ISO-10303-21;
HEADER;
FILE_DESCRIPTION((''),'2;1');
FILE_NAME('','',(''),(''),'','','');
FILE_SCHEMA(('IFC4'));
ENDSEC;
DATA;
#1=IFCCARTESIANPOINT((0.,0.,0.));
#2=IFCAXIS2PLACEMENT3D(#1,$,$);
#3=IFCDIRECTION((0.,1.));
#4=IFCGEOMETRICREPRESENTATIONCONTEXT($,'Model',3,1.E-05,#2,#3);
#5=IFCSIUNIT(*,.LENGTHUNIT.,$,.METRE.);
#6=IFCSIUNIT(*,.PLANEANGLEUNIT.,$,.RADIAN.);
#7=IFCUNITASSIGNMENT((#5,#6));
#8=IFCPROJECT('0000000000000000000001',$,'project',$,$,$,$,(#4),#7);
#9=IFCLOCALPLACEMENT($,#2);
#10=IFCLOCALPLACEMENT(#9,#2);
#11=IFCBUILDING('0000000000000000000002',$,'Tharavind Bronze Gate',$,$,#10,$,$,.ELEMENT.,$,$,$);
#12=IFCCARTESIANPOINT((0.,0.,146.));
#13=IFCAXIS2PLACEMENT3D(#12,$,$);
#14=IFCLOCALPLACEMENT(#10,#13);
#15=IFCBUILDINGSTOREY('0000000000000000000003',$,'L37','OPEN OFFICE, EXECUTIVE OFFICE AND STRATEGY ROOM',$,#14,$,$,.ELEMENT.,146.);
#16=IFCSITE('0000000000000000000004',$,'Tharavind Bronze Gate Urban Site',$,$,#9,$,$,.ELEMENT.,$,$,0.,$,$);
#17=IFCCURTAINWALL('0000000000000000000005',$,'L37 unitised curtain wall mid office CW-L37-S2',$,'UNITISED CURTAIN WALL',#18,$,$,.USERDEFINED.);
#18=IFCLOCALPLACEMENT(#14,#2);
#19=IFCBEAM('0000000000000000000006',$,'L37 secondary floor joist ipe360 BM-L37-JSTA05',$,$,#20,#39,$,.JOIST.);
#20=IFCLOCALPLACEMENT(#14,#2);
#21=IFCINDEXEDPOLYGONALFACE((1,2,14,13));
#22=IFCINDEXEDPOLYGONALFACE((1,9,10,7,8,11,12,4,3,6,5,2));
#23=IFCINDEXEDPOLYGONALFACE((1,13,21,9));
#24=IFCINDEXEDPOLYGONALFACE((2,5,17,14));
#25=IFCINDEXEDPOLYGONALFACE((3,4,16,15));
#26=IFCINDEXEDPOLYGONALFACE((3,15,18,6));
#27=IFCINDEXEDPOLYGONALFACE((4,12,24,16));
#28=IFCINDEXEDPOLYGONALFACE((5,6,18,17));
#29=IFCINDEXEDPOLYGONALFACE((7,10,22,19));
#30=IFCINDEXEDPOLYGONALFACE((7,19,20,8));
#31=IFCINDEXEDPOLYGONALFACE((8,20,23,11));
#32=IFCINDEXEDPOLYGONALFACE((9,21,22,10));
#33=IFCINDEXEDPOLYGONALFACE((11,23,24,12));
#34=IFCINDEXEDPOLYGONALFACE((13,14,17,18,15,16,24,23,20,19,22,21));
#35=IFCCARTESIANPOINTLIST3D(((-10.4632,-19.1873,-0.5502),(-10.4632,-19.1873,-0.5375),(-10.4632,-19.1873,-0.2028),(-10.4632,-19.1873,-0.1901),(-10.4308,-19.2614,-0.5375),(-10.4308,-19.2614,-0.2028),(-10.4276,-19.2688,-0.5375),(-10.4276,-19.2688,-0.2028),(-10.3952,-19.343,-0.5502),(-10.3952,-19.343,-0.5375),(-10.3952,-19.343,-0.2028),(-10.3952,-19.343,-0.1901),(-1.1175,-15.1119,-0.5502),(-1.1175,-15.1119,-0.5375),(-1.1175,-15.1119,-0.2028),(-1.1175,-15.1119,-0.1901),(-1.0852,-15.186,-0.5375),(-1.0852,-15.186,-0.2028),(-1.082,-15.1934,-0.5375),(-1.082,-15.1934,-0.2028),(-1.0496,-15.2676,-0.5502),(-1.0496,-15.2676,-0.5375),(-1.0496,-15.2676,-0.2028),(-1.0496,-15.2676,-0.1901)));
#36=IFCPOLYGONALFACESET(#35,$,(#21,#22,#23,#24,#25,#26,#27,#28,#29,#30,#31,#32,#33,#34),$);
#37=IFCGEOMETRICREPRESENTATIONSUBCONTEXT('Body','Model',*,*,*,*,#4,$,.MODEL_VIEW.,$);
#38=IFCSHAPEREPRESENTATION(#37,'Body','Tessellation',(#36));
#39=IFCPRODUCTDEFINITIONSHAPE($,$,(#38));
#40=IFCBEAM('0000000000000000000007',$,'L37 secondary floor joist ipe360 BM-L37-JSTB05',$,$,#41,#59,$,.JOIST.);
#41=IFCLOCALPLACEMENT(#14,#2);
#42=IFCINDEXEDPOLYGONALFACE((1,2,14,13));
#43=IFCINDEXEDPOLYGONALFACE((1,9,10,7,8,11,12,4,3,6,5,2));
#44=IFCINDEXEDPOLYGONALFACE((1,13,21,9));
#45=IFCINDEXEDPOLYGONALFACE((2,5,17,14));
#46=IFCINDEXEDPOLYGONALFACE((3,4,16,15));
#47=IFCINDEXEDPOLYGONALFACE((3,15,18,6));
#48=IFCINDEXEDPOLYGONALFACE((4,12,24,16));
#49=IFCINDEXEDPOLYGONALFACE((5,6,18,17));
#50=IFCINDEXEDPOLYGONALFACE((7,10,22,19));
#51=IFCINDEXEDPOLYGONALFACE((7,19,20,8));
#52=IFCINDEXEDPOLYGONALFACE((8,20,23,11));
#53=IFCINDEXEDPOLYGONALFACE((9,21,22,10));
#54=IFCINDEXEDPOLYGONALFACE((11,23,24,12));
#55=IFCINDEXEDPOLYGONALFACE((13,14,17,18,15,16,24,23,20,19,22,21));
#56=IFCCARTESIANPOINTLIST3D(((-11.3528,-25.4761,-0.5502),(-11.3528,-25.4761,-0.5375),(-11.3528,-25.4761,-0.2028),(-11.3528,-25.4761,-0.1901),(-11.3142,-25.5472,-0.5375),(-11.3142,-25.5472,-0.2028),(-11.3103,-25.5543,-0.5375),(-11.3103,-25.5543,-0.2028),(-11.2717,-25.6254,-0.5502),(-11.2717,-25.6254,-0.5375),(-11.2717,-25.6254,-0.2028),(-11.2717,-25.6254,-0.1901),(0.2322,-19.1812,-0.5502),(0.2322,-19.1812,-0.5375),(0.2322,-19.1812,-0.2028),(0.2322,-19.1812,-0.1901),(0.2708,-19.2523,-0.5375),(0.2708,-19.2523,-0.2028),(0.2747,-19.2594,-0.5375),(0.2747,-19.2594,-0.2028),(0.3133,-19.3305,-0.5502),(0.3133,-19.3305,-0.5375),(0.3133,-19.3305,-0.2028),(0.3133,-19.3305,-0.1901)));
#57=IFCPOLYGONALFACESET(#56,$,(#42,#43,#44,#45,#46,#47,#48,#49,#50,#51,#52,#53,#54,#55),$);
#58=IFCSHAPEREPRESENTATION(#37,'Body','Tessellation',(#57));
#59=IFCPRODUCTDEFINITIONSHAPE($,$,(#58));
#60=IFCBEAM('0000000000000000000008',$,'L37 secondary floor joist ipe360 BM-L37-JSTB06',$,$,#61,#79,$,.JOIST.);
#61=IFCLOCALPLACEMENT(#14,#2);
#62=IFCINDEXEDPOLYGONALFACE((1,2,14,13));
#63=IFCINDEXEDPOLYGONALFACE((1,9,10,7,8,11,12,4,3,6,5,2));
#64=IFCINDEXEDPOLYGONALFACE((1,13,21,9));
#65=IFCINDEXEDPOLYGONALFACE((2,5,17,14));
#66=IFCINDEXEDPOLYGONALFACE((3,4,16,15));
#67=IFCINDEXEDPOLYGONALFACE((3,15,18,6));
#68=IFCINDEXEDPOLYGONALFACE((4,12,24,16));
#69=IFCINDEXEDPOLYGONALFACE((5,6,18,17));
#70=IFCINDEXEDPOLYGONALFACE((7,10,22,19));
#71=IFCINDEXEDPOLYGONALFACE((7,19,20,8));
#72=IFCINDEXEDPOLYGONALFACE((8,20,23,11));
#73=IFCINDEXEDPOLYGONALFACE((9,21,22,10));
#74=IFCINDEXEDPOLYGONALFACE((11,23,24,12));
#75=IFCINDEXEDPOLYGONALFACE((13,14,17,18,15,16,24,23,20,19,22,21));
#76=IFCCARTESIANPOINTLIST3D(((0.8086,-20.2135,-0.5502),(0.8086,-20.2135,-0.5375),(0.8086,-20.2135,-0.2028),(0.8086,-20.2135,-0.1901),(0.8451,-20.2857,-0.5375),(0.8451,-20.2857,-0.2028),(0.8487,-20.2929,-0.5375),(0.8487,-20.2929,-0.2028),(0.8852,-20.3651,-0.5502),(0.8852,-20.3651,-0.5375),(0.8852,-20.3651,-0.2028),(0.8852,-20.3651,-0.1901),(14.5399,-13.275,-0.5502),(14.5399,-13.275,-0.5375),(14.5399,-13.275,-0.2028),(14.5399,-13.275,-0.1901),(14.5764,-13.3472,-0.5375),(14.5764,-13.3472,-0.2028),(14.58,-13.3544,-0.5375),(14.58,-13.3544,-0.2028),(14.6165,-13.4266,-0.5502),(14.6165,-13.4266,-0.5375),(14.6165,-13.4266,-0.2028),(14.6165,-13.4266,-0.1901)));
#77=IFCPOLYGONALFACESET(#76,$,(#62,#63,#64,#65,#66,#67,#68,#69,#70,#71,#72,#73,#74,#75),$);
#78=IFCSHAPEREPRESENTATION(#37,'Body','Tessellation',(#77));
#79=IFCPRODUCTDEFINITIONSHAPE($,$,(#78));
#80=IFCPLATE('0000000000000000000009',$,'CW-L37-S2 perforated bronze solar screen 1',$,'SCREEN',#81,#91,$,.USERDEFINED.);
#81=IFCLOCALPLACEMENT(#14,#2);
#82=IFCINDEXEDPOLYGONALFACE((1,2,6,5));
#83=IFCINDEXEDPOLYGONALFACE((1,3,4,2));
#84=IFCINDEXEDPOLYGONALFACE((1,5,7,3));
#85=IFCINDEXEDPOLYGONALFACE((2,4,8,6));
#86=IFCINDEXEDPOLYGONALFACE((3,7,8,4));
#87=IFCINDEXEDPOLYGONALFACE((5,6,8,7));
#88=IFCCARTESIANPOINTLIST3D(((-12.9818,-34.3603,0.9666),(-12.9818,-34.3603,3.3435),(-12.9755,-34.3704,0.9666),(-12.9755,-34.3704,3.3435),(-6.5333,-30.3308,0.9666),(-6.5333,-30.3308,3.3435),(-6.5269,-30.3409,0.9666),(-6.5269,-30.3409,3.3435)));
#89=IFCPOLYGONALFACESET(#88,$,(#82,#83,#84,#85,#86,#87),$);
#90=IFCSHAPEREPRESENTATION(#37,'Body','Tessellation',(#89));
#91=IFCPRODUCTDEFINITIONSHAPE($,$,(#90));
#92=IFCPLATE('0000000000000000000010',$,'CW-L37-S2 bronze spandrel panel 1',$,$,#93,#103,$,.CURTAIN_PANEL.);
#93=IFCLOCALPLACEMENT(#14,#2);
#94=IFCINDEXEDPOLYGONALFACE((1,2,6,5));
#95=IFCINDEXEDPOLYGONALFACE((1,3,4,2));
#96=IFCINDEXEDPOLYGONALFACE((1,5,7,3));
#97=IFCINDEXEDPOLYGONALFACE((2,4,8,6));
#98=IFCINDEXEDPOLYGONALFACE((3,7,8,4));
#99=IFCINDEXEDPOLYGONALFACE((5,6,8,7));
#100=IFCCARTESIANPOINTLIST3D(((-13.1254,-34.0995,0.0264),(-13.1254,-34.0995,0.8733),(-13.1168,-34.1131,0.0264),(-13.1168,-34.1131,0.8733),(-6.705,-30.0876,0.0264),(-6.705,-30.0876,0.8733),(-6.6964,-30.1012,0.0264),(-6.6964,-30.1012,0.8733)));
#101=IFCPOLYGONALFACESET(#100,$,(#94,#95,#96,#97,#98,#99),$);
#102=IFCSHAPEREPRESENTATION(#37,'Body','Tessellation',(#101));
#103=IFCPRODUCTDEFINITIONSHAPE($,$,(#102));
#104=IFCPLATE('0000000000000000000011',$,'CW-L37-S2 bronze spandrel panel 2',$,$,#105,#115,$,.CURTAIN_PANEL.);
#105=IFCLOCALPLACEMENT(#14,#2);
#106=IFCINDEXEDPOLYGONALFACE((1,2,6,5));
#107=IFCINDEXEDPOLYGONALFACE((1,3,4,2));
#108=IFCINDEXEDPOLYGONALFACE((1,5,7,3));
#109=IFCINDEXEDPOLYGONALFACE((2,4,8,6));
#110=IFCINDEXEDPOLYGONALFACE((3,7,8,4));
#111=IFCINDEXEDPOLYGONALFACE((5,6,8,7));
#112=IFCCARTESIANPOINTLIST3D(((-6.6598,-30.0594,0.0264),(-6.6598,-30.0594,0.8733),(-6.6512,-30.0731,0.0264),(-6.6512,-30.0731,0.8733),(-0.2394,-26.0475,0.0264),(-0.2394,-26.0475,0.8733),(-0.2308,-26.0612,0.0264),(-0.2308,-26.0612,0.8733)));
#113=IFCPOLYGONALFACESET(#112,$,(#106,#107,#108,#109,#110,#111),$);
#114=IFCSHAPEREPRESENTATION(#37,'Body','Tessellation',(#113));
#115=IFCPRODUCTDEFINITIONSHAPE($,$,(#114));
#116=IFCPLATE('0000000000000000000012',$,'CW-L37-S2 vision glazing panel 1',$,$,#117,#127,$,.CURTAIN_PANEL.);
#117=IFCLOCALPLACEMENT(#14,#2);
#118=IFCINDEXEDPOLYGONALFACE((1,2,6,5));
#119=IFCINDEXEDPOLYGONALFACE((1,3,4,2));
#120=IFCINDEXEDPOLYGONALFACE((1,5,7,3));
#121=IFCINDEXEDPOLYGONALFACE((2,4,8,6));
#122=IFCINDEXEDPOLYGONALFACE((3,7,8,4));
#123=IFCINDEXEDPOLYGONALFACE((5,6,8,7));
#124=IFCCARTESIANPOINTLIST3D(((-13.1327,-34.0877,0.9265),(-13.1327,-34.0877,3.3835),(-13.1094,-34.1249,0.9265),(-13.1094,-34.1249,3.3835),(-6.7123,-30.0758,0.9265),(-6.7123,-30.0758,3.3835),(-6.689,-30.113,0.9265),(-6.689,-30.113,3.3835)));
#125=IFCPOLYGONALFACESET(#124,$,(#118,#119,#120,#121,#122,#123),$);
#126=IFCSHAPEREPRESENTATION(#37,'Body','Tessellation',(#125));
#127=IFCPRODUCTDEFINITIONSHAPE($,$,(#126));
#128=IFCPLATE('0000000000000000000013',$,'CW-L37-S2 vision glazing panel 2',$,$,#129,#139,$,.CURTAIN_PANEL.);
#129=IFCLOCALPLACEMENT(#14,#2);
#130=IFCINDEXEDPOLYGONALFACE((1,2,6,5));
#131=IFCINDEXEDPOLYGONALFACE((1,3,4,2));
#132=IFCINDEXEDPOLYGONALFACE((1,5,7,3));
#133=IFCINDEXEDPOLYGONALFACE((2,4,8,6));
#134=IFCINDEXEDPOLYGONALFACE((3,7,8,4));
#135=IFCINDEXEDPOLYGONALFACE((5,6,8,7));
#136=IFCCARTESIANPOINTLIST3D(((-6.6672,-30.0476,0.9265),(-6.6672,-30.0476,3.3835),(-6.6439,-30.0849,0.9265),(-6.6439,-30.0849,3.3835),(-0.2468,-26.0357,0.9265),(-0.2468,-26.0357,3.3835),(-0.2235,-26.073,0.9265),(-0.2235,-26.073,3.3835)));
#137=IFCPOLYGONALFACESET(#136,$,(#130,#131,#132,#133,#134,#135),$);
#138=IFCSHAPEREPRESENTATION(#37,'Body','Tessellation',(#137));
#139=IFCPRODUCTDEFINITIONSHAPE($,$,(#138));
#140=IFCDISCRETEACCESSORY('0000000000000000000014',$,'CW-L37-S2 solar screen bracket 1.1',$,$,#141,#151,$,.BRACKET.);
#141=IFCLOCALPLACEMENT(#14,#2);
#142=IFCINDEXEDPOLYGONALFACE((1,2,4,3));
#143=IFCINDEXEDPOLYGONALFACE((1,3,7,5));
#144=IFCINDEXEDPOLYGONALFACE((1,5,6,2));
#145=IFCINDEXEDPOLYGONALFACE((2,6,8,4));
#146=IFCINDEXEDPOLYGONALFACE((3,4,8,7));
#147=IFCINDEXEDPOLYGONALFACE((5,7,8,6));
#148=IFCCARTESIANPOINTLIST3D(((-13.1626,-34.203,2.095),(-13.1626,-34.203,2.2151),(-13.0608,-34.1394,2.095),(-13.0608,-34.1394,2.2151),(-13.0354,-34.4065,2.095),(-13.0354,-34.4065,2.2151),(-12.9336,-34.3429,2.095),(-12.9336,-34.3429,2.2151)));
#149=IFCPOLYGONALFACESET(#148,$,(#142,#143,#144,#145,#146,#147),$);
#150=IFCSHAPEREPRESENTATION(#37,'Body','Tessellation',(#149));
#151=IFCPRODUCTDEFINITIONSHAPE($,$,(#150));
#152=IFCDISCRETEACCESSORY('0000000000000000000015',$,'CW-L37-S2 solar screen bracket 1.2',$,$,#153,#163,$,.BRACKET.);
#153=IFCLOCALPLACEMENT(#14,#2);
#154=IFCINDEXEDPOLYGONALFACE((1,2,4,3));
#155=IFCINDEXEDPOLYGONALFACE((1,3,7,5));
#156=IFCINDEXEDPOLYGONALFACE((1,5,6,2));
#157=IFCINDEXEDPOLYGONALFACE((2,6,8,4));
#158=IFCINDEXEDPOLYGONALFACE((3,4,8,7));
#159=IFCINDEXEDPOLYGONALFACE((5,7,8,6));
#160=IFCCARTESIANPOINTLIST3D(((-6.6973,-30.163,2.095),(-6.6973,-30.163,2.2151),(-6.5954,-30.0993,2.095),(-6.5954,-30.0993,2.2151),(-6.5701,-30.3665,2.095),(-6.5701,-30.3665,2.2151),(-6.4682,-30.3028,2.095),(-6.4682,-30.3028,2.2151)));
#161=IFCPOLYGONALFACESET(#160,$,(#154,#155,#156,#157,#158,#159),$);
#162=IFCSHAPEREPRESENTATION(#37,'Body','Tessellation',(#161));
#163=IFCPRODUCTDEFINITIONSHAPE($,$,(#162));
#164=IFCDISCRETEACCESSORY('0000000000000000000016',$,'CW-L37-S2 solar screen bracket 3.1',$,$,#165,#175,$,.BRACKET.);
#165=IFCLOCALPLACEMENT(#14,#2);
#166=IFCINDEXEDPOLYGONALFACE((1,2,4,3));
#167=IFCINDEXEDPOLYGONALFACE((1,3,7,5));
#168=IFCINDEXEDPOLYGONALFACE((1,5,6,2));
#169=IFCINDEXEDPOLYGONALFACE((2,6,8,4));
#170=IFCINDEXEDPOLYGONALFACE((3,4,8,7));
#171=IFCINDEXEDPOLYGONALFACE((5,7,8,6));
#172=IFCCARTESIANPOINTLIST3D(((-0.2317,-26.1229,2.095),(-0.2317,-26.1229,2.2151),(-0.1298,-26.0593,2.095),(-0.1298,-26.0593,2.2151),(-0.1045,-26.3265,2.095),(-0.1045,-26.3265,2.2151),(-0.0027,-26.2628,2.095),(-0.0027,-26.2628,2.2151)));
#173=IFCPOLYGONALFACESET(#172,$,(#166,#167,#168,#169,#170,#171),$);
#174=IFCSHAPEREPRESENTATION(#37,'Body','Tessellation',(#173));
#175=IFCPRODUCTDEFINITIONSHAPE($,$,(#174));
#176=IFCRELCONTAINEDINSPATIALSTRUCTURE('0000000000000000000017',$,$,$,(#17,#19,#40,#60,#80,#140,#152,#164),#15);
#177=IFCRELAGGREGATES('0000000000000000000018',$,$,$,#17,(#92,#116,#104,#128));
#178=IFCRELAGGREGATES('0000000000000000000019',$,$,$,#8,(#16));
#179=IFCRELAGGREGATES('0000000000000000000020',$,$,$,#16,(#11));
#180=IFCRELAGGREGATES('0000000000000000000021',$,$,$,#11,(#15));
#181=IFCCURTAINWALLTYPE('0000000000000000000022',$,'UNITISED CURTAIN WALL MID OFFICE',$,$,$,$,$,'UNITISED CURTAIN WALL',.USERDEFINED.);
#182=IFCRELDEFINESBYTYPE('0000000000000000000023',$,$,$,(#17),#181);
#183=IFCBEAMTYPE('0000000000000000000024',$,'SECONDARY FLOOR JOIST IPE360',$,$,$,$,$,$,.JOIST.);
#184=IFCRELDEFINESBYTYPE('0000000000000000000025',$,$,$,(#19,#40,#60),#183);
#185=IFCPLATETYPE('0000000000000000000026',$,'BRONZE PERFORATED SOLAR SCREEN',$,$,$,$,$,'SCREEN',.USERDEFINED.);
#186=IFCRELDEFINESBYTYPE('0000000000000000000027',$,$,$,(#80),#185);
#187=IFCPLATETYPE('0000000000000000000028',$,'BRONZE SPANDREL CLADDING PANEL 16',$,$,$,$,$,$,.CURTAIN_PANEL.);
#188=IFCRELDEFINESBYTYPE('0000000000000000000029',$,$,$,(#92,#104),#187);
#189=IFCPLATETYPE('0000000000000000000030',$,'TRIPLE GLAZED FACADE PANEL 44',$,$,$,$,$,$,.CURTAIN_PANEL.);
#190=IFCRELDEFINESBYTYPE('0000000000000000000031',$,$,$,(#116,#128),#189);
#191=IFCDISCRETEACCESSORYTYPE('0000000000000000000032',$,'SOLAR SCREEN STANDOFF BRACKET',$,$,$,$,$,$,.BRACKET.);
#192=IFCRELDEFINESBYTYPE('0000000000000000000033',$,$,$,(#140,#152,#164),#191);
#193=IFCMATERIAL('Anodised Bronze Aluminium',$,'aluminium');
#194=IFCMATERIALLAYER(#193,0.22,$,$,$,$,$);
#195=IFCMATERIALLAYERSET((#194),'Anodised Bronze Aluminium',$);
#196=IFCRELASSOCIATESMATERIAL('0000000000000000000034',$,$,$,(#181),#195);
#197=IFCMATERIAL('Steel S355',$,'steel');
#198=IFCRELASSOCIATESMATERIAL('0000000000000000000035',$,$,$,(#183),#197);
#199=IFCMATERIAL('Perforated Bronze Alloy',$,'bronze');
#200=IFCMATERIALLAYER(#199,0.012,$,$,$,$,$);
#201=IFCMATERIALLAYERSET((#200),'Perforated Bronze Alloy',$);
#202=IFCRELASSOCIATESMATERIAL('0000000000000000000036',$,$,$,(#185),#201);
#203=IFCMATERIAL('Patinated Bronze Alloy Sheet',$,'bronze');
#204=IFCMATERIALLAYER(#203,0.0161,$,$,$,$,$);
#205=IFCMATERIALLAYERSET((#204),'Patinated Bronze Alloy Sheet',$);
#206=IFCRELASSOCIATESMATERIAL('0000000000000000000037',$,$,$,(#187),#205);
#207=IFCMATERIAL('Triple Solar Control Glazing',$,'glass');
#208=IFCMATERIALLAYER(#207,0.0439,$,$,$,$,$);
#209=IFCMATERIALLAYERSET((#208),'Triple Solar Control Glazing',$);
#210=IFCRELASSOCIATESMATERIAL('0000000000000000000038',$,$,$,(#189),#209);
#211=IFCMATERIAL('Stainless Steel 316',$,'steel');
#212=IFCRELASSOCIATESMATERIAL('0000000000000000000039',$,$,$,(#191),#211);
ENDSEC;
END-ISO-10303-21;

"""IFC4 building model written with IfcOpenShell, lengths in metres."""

from ifc_helpers import new_model, si_unit, direction, frame, origin, origin_2d, place, context, subcontext, project, spatial, rectangle, i_section, extrude, material, layer, layer_set, material_profile, profile_set, type_object, element, aggregate, save


model = new_model("IFC4")

# Units and contexts
model_context = context("Model", 3, precision=1e-05, world=origin(), true_north=direction((0.0, 1.0)))
body_context = subcontext(model_context, "Body", "Model", "MODEL_VIEW")
ifc_project = project(units=[si_unit("LENGTHUNIT", "METRE"), si_unit("PLANEANGLEUNIT", "RADIAN")], contexts=[model_context])

# Site, building, storey
site_placement = place(None, origin())
site = spatial("IfcSite", under=ifc_project, at=site_placement, Name="Tharavind Bronze Gate Urban Site", CompositionType="ELEMENT", RefElevation=0.0)
building_placement = place(site_placement, origin())
building = spatial("IfcBuilding", under=site, at=building_placement, Name="Tharavind Bronze Gate", CompositionType="ELEMENT")
storey_placement = place(building_placement, frame((0.0, 0.0, 146.0)))
storey = spatial("IfcBuildingStorey", under=building, at=storey_placement, Name="L37", Description="OPEN OFFICE, EXECUTIVE OFFICE AND STRATEGY ROOM", CompositionType="ELEMENT", Elevation=146.0)

# Curtain wall
ifc_material_1 = material(Name="Anodised Bronze Aluminium", Category="aluminium")
ifc_layer_1 = layer(ifc_material_1, 0.22)
ifc_layer_set_1 = layer_set([ifc_layer_1], Name="Anodised Bronze Aluminium")
curtain_wall_type = type_object("IfcCurtainWallType", Name="UNITISED CURTAIN WALL MID OFFICE", ElementType="UNITISED CURTAIN WALL", PredefinedType="USERDEFINED", material=ifc_layer_set_1)
curtain_wall_placement = place(storey_placement, origin())
curtain_wall = element("IfcCurtainWall", 1, at=curtain_wall_placement, inside=storey, type_object=curtain_wall_type, Name="L37 unitised curtain wall mid office CW-L37-S2", ObjectType="UNITISED CURTAIN WALL", PredefinedType="USERDEFINED")

# Beams
ifc_material_2 = material(Name="Steel S355", Category="steel")
ifc_material_profile_1 = material_profile(ifc_material_2, i_section(OverallWidth=0.1699, OverallDepth=0.3601, WebThickness=0.0081, FlangeThickness=0.0127, at=origin_2d()), Name="IPE360")
ifc_profile_set_1 = profile_set([ifc_material_profile_1], Name="Steel S355")
beam_type_1 = type_object("IfcBeamType", Name="SECONDARY FLOOR JOIST IPE360", PredefinedType="JOIST", material=ifc_profile_set_1)
beam_1_placement = place(storey_placement, frame((-10.4292, -19.2651, -0.3701), z_axis=(0.916636, 0.399723, 0.0), x_axis=(-0.399723, 0.916636, 0.0)))
element("IfcBeam", 2, at=beam_1_placement, inside=storey, type_object=beam_type_1, Name="L37 secondary floor joist ipe360 BM-L37-JSTA05", PredefinedType="JOIST", context=body_context, shape_type="SweptSolid", body=[
    extrude(i_section(OverallWidth=0.1699, OverallDepth=0.3601, WebThickness=0.0081, FlangeThickness=0.0127, at=origin_2d()), origin(), (0.0, 0.0, 1.0), 10.1956),
])
beam_2_placement = place(storey_placement, frame((-11.3123, -25.5508, -0.3701), z_axis=(0.878664, 0.47744, 0.0), x_axis=(-0.47744, 0.878664, 0.0)))
element("IfcBeam", 3, at=beam_2_placement, inside=storey, type_object=beam_type_1, Name="L37 secondary floor joist ipe360 BM-L37-JSTB05", PredefinedType="JOIST", context=body_context, shape_type="SweptSolid", body=[
    extrude(i_section(OverallWidth=0.1699, OverallDepth=0.3601, WebThickness=0.0081, FlangeThickness=0.0127, at=origin_2d()), origin(), (0.0, 0.0, 1.0), 13.1848),
])
beam_3_placement = place(storey_placement, frame((0.8469, -20.2893, -0.3701), z_axis=(0.892524, 0.450999, 0.0), x_axis=(-0.450999, 0.892524, 0.0)))
element("IfcBeam", 4, at=beam_3_placement, inside=storey, type_object=beam_type_1, Name="L37 secondary floor joist ipe360 BM-L37-JSTB06", PredefinedType="JOIST", context=body_context, shape_type="SweptSolid", body=[
    extrude(i_section(OverallWidth=0.1699, OverallDepth=0.3601, WebThickness=0.0081, FlangeThickness=0.0127, at=origin_2d()), origin(), (0.0, 0.0, 1.0), 15.3848),
])

# Plates
ifc_material_3 = material(Name="Perforated Bronze Alloy", Category="bronze")
ifc_layer_2 = layer(ifc_material_3, 0.012)
ifc_layer_set_2 = layer_set([ifc_layer_2], Name="Perforated Bronze Alloy")
plate_type_1 = type_object("IfcPlateType", Name="BRONZE PERFORATED SOLAR SCREEN", ElementType="SCREEN", PredefinedType="USERDEFINED", material=ifc_layer_set_2)
plate_1_placement = place(storey_placement, frame((-9.7544, -32.3506, 0.9666), z_axis=(0.0, 0.0, 1.0), x_axis=(0.848048, 0.529919, 0.0)))
element("IfcPlate", 5, at=plate_1_placement, inside=storey, type_object=plate_type_1, Name="CW-L37-S2 perforated bronze solar screen 1", ObjectType="SCREEN", PredefinedType="USERDEFINED", context=body_context, shape_type="SweptSolid", body=[
    extrude(rectangle(XDim=7.604, YDim=0.012, at=origin_2d()), origin(), (0.0, 0.0, 1.0), 2.377),
])
ifc_material_4 = material(Name="Patinated Bronze Alloy Sheet", Category="bronze")
ifc_layer_3 = layer(ifc_material_4, 0.0161)
ifc_layer_set_3 = layer_set([ifc_layer_3], Name="Patinated Bronze Alloy Sheet")
plate_type_2 = type_object("IfcPlateType", Name="BRONZE SPANDREL CLADDING PANEL 16", PredefinedType="CURTAIN_PANEL", material=ifc_layer_set_3)
plate_2_placement = place(storey_placement, frame((-9.9109, -32.1003, 0.0264), z_axis=(0.0, 0.0, 1.0), x_axis=(0.848048, 0.529919, 0.0)))
plate_2 = element("IfcPlate", 6, at=plate_2_placement, type_object=plate_type_2, Name="CW-L37-S2 bronze spandrel panel 1", PredefinedType="CURTAIN_PANEL", context=body_context, shape_type="SweptSolid", body=[
    extrude(rectangle(XDim=7.5708, YDim=0.0161, at=origin_2d()), origin(), (0.0, 0.0, 1.0), 0.8469),
])
plate_3_placement = place(storey_placement, frame((-3.4453, -28.0603, 0.0264), z_axis=(0.0, 0.0, 1.0), x_axis=(0.848048, 0.529919, 0.0)))
plate_3 = element("IfcPlate", 7, at=plate_3_placement, type_object=plate_type_2, Name="CW-L37-S2 bronze spandrel panel 2", PredefinedType="CURTAIN_PANEL", context=body_context, shape_type="SweptSolid", body=[
    extrude(rectangle(XDim=7.5708, YDim=0.0161, at=origin_2d()), origin(), (0.0, 0.0, 1.0), 0.8469),
])
ifc_material_5 = material(Name="Triple Solar Control Glazing", Category="glass")
ifc_layer_4 = layer(ifc_material_5, 0.0439)
ifc_layer_set_4 = layer_set([ifc_layer_4], Name="Triple Solar Control Glazing")
plate_type_3 = type_object("IfcPlateType", Name="TRIPLE GLAZED FACADE PANEL 44", PredefinedType="CURTAIN_PANEL", material=ifc_layer_set_4)
plate_4_placement = place(storey_placement, frame((-9.9109, -32.1003, 0.9265), z_axis=(0.0, 0.0, 1.0), x_axis=(0.848048, 0.529919, 0.0)))
plate_4 = element("IfcPlate", 8, at=plate_4_placement, type_object=plate_type_3, Name="CW-L37-S2 vision glazing panel 1", PredefinedType="CURTAIN_PANEL", context=body_context, shape_type="SweptSolid", body=[
    extrude(rectangle(XDim=7.5708, YDim=0.0439, at=origin_2d()), origin(), (0.0, 0.0, 1.0), 2.457),
])
plate_5_placement = place(storey_placement, frame((-3.4453, -28.0603, 0.9265), z_axis=(0.0, 0.0, 1.0), x_axis=(0.848048, 0.529919, 0.0)))
plate_5 = element("IfcPlate", 9, at=plate_5_placement, type_object=plate_type_3, Name="CW-L37-S2 vision glazing panel 2", PredefinedType="CURTAIN_PANEL", context=body_context, shape_type="SweptSolid", body=[
    extrude(rectangle(XDim=7.5708, YDim=0.0439, at=origin_2d()), origin(), (0.0, 0.0, 1.0), 2.457),
])
aggregate(curtain_wall, [plate_2, plate_4, plate_3, plate_5])

# Discrete accessories
ifc_material_6 = material(Name="Stainless Steel 316", Category="steel")
discrete_accessory_type = type_object("IfcDiscreteAccessoryType", Name="SOLAR SCREEN STANDOFF BRACKET", PredefinedType="BRACKET", material=ifc_material_6)
for number, where, z_axis, x_axis, name in (
    (10, (-13.0481, -34.2729, 2.095), (0.0, 0.0, 1.0), (0.848048, 0.529919, 0.0), "CW-L37-S2 solar screen bracket 1.1"),
    (11, (-6.5828, -30.2329, 2.095), (0.0, 0.0, 1.0), (0.848048, 0.529919, 0.0), "CW-L37-S2 solar screen bracket 1.2"),
    (12, (-0.1172, -26.1929, 2.095), (0.0, 0.0, 1.0), (0.848048, 0.529919, 0.0), "CW-L37-S2 solar screen bracket 3.1"),
):
    element("IfcDiscreteAccessory", number, at=place(storey_placement, frame(where, z_axis=z_axis, x_axis=x_axis)), inside=storey, type_object=discrete_accessory_type, Name=name, PredefinedType="BRACKET", context=body_context, shape_type="SweptSolid", body=[
        extrude(rectangle(XDim=0.1201, YDim=0.24, at=origin_2d()), origin(), (0.0, 0.0, 1.0), 0.1201),
    ])

save(model, "model.ifc")
